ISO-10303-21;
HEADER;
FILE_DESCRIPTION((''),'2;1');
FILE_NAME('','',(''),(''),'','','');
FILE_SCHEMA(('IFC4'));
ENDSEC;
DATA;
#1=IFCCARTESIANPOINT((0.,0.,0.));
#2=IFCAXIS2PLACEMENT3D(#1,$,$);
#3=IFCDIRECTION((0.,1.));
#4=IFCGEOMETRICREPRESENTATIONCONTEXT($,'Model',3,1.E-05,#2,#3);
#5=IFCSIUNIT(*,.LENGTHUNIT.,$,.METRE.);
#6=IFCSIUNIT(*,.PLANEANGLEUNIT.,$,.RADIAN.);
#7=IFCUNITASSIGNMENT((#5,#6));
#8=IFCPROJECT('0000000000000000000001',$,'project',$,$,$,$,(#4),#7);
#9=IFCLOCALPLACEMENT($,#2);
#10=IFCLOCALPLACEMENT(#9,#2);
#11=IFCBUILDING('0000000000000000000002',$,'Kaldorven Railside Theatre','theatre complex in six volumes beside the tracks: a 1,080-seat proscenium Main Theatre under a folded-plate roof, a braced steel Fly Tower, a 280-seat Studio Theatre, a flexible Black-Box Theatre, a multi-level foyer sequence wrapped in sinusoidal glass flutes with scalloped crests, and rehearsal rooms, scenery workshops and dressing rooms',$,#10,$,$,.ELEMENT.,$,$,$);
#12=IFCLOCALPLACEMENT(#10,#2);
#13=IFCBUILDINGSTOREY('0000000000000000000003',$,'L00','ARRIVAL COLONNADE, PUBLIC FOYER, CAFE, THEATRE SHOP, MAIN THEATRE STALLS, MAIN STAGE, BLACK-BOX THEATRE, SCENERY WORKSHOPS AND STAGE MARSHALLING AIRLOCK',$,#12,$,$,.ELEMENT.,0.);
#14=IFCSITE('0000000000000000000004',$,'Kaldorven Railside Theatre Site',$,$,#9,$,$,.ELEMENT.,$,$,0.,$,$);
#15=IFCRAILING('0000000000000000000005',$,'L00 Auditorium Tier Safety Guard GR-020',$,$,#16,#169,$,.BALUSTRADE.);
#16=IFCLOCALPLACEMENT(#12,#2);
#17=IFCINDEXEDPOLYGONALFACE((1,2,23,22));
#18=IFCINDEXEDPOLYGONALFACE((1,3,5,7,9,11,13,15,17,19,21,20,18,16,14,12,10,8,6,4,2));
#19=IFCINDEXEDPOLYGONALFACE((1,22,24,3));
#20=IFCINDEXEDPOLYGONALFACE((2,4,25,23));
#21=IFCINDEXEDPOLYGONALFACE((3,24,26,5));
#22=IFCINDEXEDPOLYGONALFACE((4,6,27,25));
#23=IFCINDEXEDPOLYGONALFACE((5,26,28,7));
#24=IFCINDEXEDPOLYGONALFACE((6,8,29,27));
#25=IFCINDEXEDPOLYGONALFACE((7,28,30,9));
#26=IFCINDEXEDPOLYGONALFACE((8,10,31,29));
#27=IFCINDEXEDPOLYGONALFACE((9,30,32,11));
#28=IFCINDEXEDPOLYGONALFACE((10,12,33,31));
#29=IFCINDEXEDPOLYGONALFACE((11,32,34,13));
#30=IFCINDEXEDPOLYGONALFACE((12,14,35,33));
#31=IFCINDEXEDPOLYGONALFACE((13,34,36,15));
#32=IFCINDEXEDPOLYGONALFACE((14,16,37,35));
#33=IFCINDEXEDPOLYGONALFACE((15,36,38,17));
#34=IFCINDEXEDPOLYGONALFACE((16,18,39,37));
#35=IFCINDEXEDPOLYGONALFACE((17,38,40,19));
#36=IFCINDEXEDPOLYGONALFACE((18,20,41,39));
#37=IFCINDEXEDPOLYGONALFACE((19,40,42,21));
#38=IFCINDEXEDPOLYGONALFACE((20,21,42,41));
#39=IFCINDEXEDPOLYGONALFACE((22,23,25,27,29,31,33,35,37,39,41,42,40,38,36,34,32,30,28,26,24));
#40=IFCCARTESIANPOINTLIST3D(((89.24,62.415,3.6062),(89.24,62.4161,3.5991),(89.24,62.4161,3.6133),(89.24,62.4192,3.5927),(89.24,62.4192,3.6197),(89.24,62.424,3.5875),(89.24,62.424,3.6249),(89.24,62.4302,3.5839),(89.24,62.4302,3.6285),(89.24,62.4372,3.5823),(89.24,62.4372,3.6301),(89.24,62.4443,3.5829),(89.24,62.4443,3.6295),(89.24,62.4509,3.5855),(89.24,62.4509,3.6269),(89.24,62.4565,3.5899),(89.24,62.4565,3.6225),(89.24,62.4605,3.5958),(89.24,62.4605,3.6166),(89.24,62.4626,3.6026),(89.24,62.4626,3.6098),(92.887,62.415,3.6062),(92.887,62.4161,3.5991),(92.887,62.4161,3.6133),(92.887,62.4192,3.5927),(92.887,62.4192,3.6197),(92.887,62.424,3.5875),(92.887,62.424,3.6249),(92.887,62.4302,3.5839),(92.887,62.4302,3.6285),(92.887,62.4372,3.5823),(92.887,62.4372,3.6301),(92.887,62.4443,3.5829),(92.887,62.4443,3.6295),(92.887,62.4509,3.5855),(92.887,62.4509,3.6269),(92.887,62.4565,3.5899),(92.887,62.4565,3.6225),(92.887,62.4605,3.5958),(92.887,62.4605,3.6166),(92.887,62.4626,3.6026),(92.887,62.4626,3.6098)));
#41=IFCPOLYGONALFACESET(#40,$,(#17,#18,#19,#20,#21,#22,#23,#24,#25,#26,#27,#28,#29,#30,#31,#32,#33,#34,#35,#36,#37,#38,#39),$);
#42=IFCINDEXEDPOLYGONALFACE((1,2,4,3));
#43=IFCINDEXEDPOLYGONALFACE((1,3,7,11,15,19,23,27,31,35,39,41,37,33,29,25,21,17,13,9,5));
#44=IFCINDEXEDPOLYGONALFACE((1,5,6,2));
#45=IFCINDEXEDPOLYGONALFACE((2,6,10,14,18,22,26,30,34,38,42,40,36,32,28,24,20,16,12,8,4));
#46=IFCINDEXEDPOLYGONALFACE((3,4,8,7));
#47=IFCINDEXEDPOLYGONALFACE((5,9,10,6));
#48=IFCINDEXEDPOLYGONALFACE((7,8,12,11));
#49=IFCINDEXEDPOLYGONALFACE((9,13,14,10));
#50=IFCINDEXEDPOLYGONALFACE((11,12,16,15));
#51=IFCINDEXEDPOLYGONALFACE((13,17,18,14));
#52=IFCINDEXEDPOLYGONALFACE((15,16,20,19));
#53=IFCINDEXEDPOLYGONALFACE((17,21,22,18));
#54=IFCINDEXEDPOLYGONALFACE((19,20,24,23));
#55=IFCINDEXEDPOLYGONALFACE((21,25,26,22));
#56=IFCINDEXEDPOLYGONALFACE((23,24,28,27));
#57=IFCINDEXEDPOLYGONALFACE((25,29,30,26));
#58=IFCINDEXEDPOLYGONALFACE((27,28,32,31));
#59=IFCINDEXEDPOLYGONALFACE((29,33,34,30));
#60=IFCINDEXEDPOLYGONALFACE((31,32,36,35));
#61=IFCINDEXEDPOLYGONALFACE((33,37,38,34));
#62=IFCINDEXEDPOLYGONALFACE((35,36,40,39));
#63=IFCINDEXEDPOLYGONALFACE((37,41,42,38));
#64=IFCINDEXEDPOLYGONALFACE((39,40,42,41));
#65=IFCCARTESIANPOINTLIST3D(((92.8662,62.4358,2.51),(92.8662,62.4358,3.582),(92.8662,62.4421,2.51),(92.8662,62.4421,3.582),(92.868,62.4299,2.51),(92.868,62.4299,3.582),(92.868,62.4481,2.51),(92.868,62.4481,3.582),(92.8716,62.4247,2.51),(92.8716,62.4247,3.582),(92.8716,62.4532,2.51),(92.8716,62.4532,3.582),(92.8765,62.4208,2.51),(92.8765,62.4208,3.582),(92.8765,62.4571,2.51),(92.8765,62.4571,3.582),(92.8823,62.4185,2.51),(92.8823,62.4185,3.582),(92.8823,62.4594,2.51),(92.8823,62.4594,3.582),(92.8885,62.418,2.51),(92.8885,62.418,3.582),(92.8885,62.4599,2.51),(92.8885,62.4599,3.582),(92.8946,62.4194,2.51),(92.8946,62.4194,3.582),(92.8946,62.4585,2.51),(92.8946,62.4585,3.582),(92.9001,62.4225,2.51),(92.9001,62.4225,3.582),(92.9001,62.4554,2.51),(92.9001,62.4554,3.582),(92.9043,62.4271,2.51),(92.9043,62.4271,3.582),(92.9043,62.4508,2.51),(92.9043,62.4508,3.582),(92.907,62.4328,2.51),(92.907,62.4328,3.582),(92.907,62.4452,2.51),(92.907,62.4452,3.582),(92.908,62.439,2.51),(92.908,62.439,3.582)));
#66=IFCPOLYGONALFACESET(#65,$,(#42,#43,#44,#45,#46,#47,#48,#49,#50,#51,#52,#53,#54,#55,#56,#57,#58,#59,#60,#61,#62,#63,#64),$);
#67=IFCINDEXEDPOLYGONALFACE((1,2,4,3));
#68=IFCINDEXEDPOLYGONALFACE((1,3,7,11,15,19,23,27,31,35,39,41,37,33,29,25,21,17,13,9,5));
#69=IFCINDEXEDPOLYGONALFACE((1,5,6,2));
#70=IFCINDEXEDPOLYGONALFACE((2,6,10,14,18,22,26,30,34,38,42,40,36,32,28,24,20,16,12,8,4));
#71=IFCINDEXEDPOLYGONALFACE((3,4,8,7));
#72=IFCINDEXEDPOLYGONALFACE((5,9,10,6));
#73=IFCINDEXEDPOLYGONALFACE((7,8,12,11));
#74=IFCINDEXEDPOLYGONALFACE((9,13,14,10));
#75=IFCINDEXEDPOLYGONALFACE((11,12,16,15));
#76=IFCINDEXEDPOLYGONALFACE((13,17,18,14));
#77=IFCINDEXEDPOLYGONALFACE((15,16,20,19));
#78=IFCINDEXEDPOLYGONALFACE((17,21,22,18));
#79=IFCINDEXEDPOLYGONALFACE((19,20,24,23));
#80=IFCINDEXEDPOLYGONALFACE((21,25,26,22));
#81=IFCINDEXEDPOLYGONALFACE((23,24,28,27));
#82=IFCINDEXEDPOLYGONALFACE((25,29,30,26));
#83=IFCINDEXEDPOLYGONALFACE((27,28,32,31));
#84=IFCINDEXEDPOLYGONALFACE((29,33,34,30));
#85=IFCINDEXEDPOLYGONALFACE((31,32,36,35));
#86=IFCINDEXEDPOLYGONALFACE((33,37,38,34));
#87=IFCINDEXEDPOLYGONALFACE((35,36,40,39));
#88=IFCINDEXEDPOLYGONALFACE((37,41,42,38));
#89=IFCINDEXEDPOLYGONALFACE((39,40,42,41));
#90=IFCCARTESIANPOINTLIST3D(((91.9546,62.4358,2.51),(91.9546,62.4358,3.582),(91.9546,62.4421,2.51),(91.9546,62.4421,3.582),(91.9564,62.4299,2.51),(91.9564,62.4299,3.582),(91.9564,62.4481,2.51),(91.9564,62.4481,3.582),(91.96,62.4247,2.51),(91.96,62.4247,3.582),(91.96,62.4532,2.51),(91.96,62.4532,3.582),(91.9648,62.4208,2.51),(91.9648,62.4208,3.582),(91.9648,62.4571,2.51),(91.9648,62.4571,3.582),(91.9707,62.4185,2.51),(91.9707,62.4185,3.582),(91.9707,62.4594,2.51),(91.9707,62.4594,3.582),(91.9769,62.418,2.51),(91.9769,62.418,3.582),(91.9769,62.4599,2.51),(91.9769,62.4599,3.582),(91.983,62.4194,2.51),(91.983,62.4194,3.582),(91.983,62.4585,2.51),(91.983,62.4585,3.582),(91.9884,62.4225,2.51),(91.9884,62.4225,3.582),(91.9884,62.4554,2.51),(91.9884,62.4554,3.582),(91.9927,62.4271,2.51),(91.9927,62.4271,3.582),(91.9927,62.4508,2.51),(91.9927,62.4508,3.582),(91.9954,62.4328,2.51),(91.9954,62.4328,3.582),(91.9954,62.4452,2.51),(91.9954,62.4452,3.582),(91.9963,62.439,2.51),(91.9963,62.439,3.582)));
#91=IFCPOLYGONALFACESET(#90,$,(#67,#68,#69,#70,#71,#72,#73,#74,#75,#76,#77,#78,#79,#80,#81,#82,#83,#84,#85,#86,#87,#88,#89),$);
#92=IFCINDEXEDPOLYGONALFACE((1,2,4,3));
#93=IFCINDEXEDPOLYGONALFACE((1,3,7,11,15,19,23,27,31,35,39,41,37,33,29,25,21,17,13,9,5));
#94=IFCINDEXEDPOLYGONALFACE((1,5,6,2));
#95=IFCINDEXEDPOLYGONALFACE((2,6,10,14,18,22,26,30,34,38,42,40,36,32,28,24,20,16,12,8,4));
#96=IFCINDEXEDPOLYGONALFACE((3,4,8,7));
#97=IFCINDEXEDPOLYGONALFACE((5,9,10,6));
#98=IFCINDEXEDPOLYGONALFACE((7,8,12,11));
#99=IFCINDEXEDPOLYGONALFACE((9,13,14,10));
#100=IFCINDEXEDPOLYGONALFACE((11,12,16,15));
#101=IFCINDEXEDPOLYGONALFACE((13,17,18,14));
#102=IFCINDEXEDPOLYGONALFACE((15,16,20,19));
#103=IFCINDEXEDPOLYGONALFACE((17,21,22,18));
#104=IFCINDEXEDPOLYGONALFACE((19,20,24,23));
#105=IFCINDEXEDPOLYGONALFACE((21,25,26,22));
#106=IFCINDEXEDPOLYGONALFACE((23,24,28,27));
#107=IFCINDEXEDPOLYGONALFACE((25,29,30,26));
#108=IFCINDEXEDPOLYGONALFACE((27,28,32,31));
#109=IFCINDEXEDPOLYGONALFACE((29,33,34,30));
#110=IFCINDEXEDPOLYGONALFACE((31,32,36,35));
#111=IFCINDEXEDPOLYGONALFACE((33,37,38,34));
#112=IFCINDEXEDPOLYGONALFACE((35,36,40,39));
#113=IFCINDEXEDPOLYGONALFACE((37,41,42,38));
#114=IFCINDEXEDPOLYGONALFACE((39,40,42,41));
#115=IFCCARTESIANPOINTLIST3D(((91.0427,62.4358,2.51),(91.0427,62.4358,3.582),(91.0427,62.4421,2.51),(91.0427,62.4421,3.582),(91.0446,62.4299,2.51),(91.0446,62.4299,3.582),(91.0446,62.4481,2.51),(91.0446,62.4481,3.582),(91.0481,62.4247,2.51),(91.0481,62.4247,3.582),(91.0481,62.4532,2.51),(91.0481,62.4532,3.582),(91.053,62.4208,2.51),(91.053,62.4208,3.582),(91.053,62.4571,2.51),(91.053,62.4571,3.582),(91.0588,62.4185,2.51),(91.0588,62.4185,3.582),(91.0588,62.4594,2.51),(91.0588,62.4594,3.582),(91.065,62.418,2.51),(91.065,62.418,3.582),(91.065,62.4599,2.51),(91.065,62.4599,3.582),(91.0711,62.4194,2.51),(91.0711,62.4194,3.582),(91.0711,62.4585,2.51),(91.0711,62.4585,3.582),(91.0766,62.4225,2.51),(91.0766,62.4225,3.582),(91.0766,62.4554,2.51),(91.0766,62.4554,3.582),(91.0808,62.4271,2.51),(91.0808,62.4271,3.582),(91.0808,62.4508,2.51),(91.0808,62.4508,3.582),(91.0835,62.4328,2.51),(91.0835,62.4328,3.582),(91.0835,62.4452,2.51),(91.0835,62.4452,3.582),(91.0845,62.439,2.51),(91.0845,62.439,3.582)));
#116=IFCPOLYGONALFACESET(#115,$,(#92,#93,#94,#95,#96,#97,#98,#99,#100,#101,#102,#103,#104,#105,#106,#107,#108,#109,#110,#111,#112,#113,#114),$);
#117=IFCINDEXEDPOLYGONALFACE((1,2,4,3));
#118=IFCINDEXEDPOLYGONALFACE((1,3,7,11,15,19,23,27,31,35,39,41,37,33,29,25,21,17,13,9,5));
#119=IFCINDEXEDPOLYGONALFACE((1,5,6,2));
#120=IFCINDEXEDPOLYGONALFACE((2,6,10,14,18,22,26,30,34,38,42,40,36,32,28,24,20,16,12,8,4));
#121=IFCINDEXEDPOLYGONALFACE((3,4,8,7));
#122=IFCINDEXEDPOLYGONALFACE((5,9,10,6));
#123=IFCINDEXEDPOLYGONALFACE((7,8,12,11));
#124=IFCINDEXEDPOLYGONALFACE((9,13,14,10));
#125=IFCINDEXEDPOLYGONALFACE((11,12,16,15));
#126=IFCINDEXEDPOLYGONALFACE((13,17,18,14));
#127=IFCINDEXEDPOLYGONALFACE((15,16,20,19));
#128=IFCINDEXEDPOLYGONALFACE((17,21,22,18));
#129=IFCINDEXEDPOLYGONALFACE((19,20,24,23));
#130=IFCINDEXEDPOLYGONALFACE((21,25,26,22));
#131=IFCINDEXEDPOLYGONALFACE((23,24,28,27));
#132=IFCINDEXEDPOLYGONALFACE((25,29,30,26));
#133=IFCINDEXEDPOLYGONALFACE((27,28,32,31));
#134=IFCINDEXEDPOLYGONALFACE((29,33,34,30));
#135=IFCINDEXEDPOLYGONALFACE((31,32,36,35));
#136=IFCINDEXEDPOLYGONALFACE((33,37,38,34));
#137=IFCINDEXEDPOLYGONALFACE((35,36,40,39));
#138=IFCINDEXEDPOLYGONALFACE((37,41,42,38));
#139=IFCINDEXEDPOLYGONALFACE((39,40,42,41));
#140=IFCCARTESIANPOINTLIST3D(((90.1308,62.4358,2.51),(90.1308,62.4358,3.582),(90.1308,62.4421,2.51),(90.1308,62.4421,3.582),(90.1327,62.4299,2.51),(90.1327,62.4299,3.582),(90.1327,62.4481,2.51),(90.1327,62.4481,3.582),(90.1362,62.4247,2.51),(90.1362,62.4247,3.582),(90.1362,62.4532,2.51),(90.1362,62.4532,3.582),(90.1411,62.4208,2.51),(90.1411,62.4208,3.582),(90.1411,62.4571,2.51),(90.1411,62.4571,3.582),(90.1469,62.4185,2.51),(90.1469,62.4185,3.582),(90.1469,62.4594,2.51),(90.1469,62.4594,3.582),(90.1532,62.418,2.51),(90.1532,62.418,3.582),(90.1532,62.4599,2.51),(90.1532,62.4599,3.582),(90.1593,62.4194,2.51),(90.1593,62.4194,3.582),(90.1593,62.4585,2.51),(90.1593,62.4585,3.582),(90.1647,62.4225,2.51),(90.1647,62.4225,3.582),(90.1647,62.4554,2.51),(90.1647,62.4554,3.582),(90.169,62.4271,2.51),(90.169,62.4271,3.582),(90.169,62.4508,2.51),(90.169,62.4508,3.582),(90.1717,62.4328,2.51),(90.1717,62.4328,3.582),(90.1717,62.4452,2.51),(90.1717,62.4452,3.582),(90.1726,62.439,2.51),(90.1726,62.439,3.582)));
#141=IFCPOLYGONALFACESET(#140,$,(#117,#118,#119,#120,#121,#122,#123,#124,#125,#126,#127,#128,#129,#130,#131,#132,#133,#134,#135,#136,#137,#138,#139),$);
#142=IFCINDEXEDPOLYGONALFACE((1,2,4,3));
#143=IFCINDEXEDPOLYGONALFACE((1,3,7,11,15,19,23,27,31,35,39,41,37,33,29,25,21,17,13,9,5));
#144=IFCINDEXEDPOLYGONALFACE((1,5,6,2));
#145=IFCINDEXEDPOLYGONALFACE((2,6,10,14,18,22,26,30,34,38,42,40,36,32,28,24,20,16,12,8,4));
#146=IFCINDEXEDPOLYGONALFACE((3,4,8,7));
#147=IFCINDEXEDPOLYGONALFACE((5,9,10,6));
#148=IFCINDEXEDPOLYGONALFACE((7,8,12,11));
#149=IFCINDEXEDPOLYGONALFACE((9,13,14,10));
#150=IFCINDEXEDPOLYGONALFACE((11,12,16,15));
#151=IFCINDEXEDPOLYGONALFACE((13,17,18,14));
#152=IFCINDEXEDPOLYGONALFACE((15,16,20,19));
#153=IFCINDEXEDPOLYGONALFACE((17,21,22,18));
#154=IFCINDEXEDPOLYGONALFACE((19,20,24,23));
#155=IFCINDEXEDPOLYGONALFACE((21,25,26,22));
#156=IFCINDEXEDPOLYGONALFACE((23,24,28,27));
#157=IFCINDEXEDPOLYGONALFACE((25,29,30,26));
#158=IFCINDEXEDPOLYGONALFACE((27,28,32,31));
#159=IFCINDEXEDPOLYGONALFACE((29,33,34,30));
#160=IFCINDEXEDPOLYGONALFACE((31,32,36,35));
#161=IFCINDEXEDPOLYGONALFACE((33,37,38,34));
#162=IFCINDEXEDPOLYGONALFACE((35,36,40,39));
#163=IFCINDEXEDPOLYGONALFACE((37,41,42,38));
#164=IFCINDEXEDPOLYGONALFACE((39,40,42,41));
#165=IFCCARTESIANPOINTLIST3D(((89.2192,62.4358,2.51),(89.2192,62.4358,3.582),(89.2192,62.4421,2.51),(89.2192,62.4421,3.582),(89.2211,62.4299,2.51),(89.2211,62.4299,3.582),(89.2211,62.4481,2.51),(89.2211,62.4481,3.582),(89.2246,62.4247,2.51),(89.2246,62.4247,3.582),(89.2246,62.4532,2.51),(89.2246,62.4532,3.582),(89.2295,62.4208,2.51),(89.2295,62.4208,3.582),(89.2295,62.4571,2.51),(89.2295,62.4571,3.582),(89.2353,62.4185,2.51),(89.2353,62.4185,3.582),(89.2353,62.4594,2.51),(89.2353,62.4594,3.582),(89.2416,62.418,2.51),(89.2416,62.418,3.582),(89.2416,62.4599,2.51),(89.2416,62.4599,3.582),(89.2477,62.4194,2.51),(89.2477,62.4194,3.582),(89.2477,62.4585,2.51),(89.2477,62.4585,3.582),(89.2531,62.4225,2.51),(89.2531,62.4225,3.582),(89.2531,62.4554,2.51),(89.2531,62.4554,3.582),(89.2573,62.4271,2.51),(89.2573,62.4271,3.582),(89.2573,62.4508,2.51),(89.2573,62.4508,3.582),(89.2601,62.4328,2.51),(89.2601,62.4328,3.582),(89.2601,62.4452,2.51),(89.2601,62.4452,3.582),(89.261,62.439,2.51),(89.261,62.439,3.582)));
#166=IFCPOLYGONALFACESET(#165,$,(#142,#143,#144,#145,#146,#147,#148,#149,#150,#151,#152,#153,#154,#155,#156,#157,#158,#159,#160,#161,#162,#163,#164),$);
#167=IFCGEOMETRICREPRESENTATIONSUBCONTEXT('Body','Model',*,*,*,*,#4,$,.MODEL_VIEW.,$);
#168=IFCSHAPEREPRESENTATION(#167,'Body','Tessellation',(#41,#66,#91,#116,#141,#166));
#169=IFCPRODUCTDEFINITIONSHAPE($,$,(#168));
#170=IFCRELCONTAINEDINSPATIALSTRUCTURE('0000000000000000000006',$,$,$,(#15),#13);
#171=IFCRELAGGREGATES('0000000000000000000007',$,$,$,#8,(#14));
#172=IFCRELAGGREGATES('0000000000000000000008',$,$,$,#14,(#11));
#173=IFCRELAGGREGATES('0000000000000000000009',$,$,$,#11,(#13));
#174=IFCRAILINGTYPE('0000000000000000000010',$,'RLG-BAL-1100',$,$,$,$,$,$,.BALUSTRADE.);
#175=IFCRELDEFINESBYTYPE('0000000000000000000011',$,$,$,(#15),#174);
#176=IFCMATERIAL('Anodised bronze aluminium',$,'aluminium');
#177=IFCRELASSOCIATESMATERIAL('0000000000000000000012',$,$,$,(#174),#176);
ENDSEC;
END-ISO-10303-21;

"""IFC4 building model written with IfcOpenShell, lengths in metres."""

from ifc_helpers import new_model, si_unit, direction, frame, origin, origin_2d, place, context, subcontext, project, spatial, circle, extrude, material, type_object, element, save


model = new_model("IFC4")

# Units and contexts
model_context = context("Model", 3, precision=1e-05, world=origin(), true_north=direction((0.0, 1.0)))
body_context = subcontext(model_context, "Body", "Model", "MODEL_VIEW")
ifc_project = project(units=[si_unit("LENGTHUNIT", "METRE"), si_unit("PLANEANGLEUNIT", "RADIAN")], contexts=[model_context])

# Site, building, storey
site_placement = place(None, origin())
site = spatial("IfcSite", under=ifc_project, at=site_placement, Name="Kaldorven Railside Theatre Site", CompositionType="ELEMENT", RefElevation=0.0)
building_placement = place(site_placement, origin())
building = spatial("IfcBuilding", under=site, at=building_placement, Name="Kaldorven Railside Theatre", Description="theatre complex in six volumes beside the tracks: a 1,080-seat proscenium Main Theatre under a folded-plate roof, a braced steel Fly Tower, a 280-seat Studio Theatre, a flexible Black-Box Theatre, a multi-level foyer sequence wrapped in sinusoidal glass flutes with scalloped crests, and rehearsal rooms, scenery workshops and dressing rooms", CompositionType="ELEMENT")
storey_placement = place(building_placement, origin())
storey = spatial("IfcBuildingStorey", under=building, at=storey_placement, Name="L00", Description="ARRIVAL COLONNADE, PUBLIC FOYER, CAFE, THEATRE SHOP, MAIN THEATRE STALLS, MAIN STAGE, BLACK-BOX THEATRE, SCENERY WORKSHOPS AND STAGE MARSHALLING AIRLOCK", CompositionType="ELEMENT", Elevation=0.0)

# Railing
ifc_material_1 = material(Name="Anodised bronze aluminium", Category="aluminium")
railing_type = type_object("IfcRailingType", Name="RLG-BAL-1100", PredefinedType="BALUSTRADE", material=ifc_material_1)
railing_1_placement = place(storey_placement, frame((92.887, 62.439, 2.51)))
element("IfcRailing", 1, at=railing_1_placement, inside=storey, type_object=railing_type, Name="L00 Auditorium Tier Safety Guard GR-020", PredefinedType="BALUSTRADE", context=body_context, shape_type="SweptSolid", body=[
    extrude(circle(Radius=0.0239, at=origin_2d()), frame((0.0, 0.0, 1.0962), z_axis=(-1.0, 0.0, 0.0), x_axis=(0.0, -1.0, 0.0)), (0.0, 0.0, 1.0), 3.647),
    extrude(circle(Radius=0.021, at=origin_2d()), origin(), (0.0, 0.0, 1.0), 1.072),
    extrude(circle(Radius=0.021, at=origin_2d()), frame((-0.9116, 0.0, 0.0)), (0.0, 0.0, 1.0), 1.072),
    extrude(circle(Radius=0.021, at=origin_2d()), frame((-1.8235, 0.0, 0.0)), (0.0, 0.0, 1.0), 1.072),
    extrude(circle(Radius=0.021, at=origin_2d()), frame((-2.7354, 0.0, 0.0)), (0.0, 0.0, 1.0), 1.072),
    extrude(circle(Radius=0.021, at=origin_2d()), frame((-3.647, 0.0, 0.0)), (0.0, 0.0, 1.0), 1.072),
])

save(model, "model.ifc")
